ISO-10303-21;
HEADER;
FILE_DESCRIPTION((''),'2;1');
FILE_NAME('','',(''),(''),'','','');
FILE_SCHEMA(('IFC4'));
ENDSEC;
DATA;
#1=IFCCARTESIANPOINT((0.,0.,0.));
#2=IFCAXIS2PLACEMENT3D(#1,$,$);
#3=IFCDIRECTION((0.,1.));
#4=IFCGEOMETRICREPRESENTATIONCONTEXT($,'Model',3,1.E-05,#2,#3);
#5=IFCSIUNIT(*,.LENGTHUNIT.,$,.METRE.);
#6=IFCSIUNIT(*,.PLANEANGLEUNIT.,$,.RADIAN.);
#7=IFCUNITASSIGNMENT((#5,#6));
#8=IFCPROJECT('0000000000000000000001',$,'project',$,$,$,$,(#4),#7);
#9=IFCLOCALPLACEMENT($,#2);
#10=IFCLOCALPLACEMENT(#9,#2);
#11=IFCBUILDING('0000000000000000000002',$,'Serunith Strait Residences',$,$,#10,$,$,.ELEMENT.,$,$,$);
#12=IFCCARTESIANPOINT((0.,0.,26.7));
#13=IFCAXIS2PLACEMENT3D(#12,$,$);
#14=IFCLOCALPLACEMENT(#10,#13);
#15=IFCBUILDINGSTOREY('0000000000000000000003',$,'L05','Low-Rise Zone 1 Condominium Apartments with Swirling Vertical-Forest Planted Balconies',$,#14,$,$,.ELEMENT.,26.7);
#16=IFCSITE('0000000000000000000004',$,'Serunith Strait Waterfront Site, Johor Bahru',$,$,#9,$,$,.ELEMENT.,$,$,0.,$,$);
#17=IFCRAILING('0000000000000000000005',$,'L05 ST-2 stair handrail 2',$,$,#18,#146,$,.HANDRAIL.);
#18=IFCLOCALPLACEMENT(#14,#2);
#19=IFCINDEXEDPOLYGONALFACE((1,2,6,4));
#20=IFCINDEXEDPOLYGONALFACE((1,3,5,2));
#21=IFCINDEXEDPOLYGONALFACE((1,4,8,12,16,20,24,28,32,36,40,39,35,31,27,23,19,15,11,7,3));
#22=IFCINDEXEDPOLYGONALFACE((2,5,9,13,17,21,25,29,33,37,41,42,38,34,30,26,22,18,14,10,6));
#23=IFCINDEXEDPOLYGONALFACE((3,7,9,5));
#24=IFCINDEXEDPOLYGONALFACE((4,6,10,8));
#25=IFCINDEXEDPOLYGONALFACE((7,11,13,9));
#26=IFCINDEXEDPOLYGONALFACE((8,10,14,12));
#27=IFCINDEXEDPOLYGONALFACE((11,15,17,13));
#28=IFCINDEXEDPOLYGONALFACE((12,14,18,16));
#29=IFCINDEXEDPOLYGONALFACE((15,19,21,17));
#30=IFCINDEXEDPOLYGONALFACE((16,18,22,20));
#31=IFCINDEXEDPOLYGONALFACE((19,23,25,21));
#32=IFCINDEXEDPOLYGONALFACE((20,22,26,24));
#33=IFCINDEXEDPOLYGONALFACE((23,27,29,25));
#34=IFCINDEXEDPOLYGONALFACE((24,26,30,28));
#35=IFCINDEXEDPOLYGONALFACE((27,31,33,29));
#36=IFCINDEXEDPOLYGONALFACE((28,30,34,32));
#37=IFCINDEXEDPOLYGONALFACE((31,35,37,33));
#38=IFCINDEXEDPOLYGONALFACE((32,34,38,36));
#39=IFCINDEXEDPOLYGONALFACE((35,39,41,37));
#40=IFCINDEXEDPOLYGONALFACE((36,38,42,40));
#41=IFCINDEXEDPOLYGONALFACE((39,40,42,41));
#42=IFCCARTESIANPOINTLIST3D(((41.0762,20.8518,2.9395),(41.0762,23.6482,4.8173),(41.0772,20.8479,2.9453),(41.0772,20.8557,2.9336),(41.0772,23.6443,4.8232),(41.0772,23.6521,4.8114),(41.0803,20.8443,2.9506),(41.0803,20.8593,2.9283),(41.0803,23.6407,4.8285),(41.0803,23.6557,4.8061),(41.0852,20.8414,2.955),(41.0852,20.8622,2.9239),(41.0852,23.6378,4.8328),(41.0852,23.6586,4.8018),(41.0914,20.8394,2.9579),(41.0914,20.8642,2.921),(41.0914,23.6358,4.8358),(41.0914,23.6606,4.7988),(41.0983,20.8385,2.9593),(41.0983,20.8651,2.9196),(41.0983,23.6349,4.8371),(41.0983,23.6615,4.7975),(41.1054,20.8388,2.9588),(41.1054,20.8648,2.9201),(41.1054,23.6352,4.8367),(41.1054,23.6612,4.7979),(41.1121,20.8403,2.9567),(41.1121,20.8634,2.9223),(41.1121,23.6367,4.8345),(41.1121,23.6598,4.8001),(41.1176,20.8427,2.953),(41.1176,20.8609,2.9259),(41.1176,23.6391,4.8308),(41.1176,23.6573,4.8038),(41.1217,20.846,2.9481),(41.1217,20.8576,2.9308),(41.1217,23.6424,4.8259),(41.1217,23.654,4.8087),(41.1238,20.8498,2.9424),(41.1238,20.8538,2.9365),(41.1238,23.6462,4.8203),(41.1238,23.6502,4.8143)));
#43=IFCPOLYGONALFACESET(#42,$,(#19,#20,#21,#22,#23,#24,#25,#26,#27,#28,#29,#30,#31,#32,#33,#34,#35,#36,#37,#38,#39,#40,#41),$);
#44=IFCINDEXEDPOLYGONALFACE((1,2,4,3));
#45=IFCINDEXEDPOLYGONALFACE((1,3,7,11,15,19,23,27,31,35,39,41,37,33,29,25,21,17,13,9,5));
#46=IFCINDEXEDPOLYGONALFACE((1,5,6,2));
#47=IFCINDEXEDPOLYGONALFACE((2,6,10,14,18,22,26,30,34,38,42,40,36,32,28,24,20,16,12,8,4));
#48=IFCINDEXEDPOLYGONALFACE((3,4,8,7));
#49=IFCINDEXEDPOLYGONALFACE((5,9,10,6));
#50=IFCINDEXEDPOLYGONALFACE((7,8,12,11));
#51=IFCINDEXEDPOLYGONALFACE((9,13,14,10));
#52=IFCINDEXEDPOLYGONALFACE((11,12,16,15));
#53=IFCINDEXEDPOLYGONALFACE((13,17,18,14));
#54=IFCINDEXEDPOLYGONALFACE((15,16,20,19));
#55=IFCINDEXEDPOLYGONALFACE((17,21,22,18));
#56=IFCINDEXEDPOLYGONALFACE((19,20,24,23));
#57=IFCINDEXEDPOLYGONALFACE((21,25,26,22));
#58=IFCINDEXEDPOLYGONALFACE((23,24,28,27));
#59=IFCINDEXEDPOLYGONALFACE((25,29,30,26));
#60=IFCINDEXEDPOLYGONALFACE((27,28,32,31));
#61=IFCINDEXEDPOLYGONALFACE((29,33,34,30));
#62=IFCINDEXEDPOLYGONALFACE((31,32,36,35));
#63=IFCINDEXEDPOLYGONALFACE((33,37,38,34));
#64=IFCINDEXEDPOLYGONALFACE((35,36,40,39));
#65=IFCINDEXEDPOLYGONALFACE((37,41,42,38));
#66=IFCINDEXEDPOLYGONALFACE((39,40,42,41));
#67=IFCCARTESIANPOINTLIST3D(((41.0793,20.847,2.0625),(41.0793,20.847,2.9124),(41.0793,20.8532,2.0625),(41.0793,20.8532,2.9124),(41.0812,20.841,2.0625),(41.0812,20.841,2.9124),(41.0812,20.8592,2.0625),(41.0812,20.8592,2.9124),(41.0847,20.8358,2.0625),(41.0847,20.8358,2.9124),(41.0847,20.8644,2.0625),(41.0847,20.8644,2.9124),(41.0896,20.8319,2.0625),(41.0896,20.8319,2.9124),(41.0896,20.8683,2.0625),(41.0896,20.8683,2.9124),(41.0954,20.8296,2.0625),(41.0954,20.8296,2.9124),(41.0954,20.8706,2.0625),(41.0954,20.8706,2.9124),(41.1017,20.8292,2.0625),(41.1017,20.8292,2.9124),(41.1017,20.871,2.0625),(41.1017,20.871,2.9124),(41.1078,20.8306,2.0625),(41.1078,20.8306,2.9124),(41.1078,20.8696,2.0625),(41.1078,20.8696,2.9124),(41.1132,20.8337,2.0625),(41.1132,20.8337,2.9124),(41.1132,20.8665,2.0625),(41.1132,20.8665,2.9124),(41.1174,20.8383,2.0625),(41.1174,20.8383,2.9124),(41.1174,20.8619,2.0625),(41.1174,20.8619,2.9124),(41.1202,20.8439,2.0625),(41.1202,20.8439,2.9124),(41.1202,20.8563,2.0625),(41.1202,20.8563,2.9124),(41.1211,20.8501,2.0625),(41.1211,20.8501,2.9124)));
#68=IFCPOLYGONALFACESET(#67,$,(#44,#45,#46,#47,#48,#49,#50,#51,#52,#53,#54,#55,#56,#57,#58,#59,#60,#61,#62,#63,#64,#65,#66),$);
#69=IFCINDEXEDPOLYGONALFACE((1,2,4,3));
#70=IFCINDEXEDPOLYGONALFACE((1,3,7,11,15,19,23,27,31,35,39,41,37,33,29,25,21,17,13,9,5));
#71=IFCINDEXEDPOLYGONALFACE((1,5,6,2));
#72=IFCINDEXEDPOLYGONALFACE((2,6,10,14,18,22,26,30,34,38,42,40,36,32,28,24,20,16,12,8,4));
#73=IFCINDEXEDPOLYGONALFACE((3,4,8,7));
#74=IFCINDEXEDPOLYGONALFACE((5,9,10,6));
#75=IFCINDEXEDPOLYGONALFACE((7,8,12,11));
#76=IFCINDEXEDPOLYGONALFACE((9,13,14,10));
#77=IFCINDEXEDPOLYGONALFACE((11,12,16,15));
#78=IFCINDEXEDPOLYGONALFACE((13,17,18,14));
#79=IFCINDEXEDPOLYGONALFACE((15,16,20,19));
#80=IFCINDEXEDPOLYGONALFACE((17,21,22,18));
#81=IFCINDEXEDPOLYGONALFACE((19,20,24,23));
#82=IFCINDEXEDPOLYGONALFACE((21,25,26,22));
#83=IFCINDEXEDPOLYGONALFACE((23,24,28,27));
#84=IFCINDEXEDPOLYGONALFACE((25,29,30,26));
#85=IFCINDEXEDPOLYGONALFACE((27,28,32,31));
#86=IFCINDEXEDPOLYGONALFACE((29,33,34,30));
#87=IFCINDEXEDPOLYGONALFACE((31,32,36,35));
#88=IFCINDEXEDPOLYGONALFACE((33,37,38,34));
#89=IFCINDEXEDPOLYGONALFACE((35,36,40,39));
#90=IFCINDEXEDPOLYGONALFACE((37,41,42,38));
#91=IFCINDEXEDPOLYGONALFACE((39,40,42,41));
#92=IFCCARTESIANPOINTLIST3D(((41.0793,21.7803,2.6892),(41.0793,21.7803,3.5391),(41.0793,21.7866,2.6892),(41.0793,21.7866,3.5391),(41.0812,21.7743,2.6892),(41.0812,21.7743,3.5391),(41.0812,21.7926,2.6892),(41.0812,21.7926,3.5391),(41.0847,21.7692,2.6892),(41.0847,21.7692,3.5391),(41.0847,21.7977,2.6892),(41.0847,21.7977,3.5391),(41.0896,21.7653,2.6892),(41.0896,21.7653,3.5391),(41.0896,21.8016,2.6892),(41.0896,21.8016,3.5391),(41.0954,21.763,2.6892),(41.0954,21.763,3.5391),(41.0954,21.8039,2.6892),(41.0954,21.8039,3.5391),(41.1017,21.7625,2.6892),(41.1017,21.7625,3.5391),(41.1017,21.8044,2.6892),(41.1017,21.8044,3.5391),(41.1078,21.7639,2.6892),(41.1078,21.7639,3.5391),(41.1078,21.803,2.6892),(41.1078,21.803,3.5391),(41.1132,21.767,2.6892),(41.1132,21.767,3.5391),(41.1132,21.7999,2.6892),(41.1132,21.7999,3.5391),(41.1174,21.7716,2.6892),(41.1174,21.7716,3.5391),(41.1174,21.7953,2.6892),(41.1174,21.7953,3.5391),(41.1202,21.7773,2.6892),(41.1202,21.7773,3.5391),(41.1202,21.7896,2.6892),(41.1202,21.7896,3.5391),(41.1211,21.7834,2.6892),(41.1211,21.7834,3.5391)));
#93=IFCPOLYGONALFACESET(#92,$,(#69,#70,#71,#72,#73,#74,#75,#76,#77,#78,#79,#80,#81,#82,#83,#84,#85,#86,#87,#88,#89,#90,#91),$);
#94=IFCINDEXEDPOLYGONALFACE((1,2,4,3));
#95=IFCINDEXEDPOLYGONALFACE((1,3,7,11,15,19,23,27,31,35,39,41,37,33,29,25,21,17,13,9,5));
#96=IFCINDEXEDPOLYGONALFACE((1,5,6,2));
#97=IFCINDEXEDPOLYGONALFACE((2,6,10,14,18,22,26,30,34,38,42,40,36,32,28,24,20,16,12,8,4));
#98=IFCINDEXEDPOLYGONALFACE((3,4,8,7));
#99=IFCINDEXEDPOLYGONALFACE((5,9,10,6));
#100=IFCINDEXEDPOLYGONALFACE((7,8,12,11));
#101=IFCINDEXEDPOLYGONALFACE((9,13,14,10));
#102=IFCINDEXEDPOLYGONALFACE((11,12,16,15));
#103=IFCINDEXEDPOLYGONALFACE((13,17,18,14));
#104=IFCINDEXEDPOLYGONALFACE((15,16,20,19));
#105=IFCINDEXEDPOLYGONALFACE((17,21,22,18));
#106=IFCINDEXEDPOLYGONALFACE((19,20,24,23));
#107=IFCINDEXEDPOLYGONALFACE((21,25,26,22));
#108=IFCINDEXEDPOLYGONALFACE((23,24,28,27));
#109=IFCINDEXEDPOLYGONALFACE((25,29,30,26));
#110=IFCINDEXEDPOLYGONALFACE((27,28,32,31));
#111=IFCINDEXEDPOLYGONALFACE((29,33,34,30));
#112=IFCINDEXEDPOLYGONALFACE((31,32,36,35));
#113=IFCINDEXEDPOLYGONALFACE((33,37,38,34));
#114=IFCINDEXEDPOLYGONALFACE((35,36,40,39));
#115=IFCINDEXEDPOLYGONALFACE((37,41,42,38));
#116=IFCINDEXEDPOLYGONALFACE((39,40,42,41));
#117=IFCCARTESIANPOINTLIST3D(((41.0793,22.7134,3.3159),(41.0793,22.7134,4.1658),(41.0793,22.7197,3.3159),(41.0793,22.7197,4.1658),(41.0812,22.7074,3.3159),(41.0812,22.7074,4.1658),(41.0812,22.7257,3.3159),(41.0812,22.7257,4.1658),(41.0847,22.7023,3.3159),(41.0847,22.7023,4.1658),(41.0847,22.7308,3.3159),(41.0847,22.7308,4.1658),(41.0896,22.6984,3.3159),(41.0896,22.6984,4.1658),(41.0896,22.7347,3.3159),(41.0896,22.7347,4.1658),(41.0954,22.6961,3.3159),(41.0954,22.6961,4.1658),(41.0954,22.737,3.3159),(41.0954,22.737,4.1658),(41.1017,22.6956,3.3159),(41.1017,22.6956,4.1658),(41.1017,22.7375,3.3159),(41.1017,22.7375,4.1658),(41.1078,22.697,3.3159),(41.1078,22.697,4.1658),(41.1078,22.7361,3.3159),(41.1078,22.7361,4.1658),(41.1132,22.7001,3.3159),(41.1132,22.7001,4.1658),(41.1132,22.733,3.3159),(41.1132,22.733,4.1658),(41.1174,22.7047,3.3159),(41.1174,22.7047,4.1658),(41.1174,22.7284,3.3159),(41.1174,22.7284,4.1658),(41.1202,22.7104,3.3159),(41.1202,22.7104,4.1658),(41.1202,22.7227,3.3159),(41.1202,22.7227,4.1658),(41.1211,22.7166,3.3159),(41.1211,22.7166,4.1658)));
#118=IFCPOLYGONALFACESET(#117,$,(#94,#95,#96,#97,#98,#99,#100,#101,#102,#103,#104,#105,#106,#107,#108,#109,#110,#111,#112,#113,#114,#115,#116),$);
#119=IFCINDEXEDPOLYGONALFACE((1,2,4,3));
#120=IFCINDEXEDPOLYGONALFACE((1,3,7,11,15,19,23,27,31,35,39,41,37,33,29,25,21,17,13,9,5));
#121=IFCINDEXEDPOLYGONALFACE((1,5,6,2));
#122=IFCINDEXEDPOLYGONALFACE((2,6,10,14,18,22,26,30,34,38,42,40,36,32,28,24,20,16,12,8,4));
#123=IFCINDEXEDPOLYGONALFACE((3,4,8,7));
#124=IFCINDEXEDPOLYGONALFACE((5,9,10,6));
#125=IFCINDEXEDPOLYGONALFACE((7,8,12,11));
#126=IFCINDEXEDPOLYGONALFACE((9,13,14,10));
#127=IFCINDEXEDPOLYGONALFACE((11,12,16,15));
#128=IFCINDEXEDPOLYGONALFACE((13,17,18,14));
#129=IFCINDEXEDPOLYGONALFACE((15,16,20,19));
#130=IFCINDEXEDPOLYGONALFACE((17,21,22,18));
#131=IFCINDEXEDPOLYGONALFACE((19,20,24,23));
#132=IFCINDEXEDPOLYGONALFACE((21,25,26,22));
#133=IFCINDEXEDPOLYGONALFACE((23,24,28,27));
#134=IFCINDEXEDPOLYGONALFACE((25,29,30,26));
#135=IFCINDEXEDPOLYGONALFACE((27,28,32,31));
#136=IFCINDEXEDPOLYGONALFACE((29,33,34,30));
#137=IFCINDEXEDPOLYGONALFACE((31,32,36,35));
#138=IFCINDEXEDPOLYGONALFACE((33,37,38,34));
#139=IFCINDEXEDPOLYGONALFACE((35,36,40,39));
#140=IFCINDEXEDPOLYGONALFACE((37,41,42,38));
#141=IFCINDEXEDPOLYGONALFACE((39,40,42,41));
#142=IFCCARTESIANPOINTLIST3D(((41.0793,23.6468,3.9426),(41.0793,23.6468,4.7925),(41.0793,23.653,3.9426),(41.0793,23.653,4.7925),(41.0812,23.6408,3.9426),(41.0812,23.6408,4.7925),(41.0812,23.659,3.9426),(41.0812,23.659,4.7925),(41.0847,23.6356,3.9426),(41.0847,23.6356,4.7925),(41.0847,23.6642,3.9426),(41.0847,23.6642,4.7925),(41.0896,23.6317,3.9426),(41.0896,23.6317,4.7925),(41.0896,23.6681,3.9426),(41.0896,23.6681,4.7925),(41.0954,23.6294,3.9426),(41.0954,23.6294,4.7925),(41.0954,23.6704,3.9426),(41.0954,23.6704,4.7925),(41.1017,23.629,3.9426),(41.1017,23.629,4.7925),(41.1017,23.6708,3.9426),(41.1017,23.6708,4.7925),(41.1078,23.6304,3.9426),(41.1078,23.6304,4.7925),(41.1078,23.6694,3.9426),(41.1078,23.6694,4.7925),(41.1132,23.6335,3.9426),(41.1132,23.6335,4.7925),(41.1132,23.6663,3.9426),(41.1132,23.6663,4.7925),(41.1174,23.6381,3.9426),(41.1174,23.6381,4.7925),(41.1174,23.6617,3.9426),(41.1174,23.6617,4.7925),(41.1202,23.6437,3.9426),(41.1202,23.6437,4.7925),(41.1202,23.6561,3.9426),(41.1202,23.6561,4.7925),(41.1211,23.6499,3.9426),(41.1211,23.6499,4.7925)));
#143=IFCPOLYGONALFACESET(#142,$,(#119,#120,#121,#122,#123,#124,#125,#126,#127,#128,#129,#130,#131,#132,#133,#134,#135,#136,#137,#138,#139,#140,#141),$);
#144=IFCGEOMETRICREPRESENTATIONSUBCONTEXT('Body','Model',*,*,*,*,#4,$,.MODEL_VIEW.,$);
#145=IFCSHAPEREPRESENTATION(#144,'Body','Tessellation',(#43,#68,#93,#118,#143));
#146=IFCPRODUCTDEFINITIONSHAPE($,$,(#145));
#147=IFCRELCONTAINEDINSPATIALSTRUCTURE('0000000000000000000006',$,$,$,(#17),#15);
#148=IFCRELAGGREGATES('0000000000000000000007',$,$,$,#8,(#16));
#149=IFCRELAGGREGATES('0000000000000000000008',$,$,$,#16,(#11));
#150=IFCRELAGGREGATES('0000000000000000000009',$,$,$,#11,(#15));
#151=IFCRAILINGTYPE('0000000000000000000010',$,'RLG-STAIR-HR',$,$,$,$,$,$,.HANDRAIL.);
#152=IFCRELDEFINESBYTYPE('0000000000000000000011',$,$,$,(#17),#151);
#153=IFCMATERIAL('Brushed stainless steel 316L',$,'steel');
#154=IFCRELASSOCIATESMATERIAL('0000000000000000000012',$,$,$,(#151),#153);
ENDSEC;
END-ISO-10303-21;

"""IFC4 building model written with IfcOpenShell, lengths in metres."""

from ifc_helpers import new_model, si_unit, direction, frame, origin, origin_2d, place, context, subcontext, project, spatial, circle, extrude, material, type_object, element, save


model = new_model("IFC4")

# Units and contexts
model_context = context("Model", 3, precision=1e-05, world=origin(), true_north=direction((0.0, 1.0)))
body_context = subcontext(model_context, "Body", "Model", "MODEL_VIEW")
ifc_project = project(units=[si_unit("LENGTHUNIT", "METRE"), si_unit("PLANEANGLEUNIT", "RADIAN")], contexts=[model_context])

# Site, building, storey
site_placement = place(None, origin())
site = spatial("IfcSite", under=ifc_project, at=site_placement, Name="Serunith Strait Waterfront Site, Johor Bahru", CompositionType="ELEMENT", RefElevation=0.0)
building_placement = place(site_placement, origin())
building = spatial("IfcBuilding", under=site, at=building_placement, Name="Serunith Strait Residences", CompositionType="ELEMENT")
storey_placement = place(building_placement, frame((0.0, 0.0, 26.7)))
storey = spatial("IfcBuildingStorey", under=building, at=storey_placement, Name="L05", Description="Low-Rise Zone 1 Condominium Apartments with Swirling Vertical-Forest Planted Balconies", CompositionType="ELEMENT", Elevation=26.7)

# Railing
ifc_material_1 = material(Name="Brushed stainless steel 316L", Category="steel")
railing_type_1 = type_object("IfcRailingType", Name="RLG-STAIR-HR", PredefinedType="HANDRAIL", material=ifc_material_1)
railing_1_placement = place(storey_placement, frame((41.1001, 20.8501, 2.0625)))
element("IfcRailing", 1, at=railing_1_placement, inside=storey, type_object=railing_type_1, Name="L05 ST-2 stair handrail 2", PredefinedType="HANDRAIL", context=body_context, shape_type="SweptSolid", body=[
    extrude(circle(Radius=0.0239, at=origin_2d()), frame((0.0, 0.0017, 0.877), z_axis=(0.0, 0.830186, 0.557487), x_axis=(-1.0, 0.0, 0.0)), (0.0, 0.0, 1.0), 3.3684),
    extrude(circle(Radius=0.021, at=origin_2d()), origin(), (0.0, 0.0, 1.0), 0.8499),
    extrude(circle(Radius=0.021, at=origin_2d()), frame((0.0, 0.9333, 0.6267)), (0.0, 0.0, 1.0), 0.8499),
    extrude(circle(Radius=0.021, at=origin_2d()), frame((0.0, 1.8665, 1.2534)), (0.0, 0.0, 1.0), 0.8499),
    extrude(circle(Radius=0.021, at=origin_2d()), frame((0.0, 2.7998, 1.8801)), (0.0, 0.0, 1.0), 0.8499),
])

save(model, "model.ifc")
